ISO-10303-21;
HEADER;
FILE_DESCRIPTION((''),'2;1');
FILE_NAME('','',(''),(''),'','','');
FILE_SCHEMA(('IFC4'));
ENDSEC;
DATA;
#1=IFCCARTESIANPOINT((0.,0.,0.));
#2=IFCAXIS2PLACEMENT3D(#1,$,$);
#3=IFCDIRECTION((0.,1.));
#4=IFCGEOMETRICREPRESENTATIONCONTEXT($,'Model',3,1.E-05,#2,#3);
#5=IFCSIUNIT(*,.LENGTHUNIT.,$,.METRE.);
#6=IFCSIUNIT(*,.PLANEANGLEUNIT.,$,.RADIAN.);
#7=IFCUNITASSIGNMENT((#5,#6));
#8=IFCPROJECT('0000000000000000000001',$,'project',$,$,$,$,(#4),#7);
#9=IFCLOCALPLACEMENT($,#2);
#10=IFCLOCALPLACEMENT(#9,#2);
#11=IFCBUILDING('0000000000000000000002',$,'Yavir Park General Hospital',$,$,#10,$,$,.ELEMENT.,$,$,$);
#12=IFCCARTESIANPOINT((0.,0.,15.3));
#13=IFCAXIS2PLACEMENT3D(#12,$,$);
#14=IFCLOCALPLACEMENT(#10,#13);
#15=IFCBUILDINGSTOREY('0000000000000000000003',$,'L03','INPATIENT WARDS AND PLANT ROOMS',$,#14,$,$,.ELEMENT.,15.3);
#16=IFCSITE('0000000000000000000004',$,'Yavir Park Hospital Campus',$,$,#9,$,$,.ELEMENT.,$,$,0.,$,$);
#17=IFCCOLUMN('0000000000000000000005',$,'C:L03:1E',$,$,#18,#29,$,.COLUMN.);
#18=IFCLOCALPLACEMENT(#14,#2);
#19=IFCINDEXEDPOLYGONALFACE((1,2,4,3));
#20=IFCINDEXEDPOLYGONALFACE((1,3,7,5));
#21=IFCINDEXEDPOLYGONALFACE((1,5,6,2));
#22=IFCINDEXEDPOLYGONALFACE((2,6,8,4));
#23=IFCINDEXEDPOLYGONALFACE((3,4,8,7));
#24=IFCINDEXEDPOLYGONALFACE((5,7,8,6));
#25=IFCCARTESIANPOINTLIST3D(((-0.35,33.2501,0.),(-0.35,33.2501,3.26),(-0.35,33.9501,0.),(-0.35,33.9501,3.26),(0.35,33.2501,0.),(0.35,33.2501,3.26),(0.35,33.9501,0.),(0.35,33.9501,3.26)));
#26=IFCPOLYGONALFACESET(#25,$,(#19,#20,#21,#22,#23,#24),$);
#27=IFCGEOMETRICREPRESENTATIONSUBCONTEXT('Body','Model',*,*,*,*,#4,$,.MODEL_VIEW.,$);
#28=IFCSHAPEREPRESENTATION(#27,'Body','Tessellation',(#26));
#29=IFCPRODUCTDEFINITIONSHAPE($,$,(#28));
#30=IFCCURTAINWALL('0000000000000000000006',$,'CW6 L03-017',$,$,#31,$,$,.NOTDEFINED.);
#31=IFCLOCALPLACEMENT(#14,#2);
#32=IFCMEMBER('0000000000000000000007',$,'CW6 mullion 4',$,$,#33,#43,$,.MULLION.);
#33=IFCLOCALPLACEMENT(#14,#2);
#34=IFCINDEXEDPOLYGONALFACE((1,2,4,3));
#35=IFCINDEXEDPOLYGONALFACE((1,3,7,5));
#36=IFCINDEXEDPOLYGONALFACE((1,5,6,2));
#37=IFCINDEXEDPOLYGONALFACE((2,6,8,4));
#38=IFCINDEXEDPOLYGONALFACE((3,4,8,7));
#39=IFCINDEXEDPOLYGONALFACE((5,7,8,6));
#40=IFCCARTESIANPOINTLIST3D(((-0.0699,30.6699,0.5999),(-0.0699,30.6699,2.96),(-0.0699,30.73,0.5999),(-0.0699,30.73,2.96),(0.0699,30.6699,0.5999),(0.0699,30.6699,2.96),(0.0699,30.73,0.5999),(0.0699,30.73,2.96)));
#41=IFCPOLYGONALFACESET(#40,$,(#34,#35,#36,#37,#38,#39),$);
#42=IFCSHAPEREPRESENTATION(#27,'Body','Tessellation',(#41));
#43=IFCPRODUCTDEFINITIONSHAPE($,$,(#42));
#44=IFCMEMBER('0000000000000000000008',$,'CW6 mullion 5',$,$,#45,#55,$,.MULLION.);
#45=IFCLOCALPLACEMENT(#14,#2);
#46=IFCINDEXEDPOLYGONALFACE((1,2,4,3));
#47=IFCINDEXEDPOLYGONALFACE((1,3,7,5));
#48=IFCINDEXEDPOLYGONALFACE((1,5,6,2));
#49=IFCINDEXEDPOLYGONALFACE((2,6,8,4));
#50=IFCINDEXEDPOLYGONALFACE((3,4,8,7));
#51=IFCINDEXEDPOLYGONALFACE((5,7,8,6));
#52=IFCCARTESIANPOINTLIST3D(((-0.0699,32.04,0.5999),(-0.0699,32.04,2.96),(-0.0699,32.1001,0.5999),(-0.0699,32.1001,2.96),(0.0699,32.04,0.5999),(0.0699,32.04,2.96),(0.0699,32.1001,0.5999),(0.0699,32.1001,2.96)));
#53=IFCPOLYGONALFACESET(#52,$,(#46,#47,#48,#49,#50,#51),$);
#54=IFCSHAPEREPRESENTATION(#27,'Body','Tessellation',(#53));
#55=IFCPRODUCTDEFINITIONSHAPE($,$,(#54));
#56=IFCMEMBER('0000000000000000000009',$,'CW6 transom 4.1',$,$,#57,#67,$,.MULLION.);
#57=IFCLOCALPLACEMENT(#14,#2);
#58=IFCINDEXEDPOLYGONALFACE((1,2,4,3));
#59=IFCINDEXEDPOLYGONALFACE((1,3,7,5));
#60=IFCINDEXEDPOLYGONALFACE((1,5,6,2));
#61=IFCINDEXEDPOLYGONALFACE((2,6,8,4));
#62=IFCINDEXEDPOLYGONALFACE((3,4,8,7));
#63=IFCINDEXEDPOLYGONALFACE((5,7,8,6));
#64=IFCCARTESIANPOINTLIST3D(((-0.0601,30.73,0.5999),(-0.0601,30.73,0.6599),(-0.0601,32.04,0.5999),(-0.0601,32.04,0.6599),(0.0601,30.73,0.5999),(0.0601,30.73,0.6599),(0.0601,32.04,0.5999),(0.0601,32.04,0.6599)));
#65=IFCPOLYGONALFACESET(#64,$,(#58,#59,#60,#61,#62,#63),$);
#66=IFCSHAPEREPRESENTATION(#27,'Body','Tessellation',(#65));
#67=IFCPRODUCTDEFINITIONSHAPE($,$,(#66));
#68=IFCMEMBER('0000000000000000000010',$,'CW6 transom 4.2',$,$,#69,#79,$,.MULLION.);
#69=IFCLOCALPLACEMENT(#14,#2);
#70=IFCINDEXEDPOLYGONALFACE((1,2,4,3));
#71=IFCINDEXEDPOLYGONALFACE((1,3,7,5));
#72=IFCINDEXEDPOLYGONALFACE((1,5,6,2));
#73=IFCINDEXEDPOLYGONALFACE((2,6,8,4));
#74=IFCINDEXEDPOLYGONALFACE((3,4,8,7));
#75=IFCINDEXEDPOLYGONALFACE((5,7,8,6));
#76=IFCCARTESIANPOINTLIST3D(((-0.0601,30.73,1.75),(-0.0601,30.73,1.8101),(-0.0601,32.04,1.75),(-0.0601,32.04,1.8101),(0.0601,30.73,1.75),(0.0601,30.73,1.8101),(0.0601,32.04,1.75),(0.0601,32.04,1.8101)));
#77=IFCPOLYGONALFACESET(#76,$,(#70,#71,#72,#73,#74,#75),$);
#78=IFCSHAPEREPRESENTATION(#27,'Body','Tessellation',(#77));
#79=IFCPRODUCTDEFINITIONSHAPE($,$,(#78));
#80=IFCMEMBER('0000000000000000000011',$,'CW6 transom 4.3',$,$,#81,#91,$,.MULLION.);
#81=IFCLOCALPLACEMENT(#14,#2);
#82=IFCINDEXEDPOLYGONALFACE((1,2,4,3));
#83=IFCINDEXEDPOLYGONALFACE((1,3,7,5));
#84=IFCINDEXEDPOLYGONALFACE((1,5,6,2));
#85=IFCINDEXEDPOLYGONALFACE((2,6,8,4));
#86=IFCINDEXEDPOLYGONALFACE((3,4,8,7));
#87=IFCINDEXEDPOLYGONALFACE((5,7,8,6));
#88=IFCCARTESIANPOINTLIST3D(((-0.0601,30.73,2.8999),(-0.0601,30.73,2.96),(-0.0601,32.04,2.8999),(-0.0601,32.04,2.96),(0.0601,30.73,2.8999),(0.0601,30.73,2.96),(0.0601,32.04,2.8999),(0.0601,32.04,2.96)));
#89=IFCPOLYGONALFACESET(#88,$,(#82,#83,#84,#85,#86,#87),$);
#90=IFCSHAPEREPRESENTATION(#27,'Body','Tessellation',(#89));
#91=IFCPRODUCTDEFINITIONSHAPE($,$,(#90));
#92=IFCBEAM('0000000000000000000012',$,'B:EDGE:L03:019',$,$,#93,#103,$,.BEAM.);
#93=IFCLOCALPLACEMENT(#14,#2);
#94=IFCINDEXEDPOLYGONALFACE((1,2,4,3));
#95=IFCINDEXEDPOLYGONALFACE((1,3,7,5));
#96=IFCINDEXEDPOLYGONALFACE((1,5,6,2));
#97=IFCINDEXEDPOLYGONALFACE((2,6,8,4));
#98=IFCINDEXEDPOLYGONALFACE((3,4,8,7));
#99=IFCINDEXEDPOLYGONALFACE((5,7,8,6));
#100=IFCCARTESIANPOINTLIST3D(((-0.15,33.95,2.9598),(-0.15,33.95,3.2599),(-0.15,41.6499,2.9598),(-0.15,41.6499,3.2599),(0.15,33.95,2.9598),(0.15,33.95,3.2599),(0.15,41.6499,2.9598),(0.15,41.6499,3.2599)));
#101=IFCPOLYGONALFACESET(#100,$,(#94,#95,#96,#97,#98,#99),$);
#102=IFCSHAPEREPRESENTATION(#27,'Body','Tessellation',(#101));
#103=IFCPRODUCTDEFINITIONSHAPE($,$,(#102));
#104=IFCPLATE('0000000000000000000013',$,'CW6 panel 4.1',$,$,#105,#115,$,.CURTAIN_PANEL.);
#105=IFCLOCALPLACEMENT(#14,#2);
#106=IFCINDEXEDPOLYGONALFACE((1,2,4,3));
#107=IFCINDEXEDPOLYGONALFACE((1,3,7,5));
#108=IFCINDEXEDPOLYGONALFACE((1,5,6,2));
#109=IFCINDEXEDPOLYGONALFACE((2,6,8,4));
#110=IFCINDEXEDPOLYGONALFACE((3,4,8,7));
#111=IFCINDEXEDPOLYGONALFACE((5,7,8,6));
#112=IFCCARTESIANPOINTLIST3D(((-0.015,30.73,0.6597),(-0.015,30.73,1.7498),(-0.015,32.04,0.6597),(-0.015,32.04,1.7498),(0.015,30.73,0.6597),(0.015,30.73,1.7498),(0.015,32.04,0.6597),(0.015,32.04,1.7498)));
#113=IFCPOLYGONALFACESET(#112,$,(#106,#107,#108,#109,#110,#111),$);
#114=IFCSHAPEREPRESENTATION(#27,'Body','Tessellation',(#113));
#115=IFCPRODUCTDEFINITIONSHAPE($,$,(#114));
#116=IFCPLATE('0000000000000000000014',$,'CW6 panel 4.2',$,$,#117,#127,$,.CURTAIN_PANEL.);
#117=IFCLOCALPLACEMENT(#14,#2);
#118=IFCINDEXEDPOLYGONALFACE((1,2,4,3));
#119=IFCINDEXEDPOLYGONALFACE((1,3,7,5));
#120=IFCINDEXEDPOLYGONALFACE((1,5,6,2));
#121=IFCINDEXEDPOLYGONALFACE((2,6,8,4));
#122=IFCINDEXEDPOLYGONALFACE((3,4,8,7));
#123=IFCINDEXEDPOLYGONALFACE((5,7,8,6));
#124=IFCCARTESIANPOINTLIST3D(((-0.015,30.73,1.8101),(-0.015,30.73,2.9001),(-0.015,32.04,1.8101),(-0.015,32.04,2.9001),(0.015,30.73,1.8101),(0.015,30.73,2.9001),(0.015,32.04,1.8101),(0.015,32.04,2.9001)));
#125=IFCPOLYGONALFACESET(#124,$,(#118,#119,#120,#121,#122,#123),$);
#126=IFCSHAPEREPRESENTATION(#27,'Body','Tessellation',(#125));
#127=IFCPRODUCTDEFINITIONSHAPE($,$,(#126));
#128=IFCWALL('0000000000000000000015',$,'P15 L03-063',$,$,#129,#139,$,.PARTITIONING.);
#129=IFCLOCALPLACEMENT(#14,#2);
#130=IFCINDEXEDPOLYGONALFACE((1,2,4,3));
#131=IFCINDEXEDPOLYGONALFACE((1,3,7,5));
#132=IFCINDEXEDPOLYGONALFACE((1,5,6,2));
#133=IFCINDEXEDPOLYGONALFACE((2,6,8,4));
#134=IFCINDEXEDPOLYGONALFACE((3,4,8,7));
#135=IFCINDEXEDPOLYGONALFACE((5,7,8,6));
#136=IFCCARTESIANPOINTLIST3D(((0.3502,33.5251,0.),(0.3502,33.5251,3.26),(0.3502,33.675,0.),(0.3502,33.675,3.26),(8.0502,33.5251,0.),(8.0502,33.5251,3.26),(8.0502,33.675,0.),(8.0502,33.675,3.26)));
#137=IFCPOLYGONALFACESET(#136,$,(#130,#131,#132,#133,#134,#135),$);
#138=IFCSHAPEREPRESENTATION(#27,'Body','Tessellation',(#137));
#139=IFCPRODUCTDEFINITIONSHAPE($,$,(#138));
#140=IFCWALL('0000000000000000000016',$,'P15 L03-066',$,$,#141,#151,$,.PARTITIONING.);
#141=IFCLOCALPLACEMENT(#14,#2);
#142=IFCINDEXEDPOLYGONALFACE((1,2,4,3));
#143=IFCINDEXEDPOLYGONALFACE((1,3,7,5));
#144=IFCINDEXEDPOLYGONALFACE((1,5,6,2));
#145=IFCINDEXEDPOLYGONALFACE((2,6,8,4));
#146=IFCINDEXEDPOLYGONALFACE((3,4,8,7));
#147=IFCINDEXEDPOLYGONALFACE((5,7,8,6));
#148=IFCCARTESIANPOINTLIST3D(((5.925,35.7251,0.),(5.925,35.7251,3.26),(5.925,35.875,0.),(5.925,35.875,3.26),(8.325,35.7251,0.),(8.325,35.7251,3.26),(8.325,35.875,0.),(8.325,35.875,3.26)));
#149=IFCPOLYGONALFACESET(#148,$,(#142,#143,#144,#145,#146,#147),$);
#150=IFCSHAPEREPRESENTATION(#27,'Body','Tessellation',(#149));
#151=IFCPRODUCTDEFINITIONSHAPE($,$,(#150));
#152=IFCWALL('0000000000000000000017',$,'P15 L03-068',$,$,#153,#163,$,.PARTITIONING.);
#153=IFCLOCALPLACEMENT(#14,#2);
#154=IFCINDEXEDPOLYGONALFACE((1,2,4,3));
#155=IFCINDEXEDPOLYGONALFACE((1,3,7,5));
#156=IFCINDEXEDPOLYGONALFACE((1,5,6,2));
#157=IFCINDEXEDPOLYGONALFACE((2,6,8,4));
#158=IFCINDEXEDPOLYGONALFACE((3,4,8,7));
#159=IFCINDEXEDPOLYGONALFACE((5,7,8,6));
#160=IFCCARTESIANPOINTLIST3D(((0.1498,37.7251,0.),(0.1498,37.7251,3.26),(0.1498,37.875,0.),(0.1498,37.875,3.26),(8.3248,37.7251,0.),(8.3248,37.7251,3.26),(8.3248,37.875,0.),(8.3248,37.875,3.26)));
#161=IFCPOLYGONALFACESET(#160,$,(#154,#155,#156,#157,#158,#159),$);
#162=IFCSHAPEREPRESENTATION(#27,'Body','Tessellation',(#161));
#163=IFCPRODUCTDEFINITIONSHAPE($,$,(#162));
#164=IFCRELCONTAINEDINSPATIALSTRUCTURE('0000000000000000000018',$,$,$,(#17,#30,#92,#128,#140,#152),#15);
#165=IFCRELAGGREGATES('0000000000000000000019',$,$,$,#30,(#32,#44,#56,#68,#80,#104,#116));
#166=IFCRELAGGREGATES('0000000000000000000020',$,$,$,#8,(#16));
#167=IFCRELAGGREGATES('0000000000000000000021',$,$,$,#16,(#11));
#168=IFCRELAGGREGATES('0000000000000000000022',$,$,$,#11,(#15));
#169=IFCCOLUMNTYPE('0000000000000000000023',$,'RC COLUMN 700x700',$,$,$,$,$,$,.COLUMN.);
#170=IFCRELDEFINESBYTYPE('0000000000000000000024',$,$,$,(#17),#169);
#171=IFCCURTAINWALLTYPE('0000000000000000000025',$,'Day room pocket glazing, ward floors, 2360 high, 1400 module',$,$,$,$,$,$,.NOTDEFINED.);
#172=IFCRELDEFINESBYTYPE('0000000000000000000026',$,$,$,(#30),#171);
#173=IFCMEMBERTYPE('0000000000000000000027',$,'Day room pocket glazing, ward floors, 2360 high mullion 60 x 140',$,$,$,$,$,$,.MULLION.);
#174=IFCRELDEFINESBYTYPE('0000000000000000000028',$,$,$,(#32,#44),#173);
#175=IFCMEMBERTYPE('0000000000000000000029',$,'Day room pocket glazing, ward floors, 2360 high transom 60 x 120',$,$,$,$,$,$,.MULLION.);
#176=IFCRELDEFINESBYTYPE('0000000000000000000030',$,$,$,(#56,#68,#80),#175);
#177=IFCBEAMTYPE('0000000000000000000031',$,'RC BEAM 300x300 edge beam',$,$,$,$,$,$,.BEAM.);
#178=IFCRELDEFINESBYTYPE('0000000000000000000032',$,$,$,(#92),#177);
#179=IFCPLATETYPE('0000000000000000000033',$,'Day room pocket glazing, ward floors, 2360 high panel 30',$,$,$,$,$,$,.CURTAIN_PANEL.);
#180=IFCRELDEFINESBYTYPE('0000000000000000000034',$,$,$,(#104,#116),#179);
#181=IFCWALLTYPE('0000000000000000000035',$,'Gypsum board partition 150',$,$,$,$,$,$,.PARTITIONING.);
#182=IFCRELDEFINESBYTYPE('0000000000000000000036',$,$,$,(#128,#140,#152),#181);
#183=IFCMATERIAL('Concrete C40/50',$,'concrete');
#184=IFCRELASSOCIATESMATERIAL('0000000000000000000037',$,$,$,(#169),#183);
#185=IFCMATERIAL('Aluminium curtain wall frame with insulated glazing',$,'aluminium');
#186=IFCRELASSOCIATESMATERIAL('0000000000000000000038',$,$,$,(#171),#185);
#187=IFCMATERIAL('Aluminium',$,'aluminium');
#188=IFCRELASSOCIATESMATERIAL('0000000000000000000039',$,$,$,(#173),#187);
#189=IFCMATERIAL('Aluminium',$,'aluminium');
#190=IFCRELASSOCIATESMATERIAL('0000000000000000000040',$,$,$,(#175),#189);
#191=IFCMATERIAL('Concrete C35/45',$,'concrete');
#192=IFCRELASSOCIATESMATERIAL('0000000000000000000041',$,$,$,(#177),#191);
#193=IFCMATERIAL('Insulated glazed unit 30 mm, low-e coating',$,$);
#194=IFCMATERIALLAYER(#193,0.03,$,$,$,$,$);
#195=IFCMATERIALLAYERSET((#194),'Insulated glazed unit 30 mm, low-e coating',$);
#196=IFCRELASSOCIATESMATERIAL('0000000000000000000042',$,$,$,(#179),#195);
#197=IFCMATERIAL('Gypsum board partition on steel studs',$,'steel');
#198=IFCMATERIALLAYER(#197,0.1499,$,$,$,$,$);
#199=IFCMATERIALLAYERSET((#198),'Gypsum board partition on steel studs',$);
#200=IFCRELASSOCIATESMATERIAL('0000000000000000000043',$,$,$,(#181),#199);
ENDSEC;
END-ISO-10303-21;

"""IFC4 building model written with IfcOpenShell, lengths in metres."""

from ifc_helpers import new_model, si_unit, direction, frame, frame_2d, origin, origin_2d, place, context, subcontext, project, spatial, rectangle, extrude, material, layer, layer_set, material_profile, profile_set, type_object, element, aggregate, save


model = new_model("IFC4")

# Units and contexts
model_context = context("Model", 3, precision=1e-05, world=origin(), true_north=direction((0.0, 1.0)))
body_context = subcontext(model_context, "Body", "Model", "MODEL_VIEW")
ifc_project = project(units=[si_unit("LENGTHUNIT", "METRE"), si_unit("PLANEANGLEUNIT", "RADIAN")], contexts=[model_context])

# Site, building, storey
site_placement = place(None, origin())
site = spatial("IfcSite", under=ifc_project, at=site_placement, Name="Yavir Park Hospital Campus", CompositionType="ELEMENT", RefElevation=0.0)
building_placement = place(site_placement, origin())
building = spatial("IfcBuilding", under=site, at=building_placement, Name="Yavir Park General Hospital", CompositionType="ELEMENT")
storey_placement = place(building_placement, frame((0.0, 0.0, 15.3)))
storey = spatial("IfcBuildingStorey", under=building, at=storey_placement, Name="L03", Description="INPATIENT WARDS AND PLANT ROOMS", CompositionType="ELEMENT", Elevation=15.3)

# Column
ifc_material_1 = material(Name="Concrete C40/50", Category="concrete")
ifc_material_profile_1 = material_profile(ifc_material_1, rectangle(XDim=0.7, YDim=0.7, at=origin_2d()), Name="RC700x700")
ifc_profile_set_1 = profile_set([ifc_material_profile_1], Name="Concrete C40/50")
column_type = type_object("IfcColumnType", Name="RC COLUMN 700x700", PredefinedType="COLUMN", material=ifc_profile_set_1)
column_placement = place(storey_placement, frame((0.0, 33.6001, 0.0), z_axis=(0.0, 0.0, 1.0), x_axis=(1.0, 0.0, 0.0)))
element("IfcColumn", 1, at=column_placement, inside=storey, type_object=column_type, Name="C:L03:1E", PredefinedType="COLUMN", context=body_context, shape_type="SweptSolid", body=[
    extrude(rectangle(XDim=0.7, YDim=0.7, at=origin_2d()), origin(), (0.0, 0.0, 1.0), 3.26),
])

# Curtain wall, members
ifc_material_2 = material(Name="Aluminium curtain wall frame with insulated glazing", Category="aluminium")
curtain_wall_type = type_object("IfcCurtainWallType", Name="Day room pocket glazing, ward floors, 2360 high, 1400 module", PredefinedType="NOTDEFINED", material=ifc_material_2)
curtain_wall_placement = place(storey_placement, origin())
curtain_wall = element("IfcCurtainWall", 2, at=curtain_wall_placement, inside=storey, type_object=curtain_wall_type, Name="CW6 L03-017", PredefinedType="NOTDEFINED")
ifc_material_3 = material(Name="Aluminium", Category="aluminium")
ifc_material_profile_2 = material_profile(ifc_material_3, rectangle(XDim=0.1399, YDim=0.0601, at=origin_2d()), Name="AL 60x140")
ifc_profile_set_2 = profile_set([ifc_material_profile_2], Name="Aluminium")
member_type_1 = type_object("IfcMemberType", Name="Day room pocket glazing, ward floors, 2360 high mullion 60 x 140", PredefinedType="MULLION", material=ifc_profile_set_2)
member_1_placement = place(storey_placement, frame((0.0, 30.7, 0.5999), z_axis=(0.0, 0.0, 1.0), x_axis=(-1.0, 0.0, 0.0)))
member_1 = element("IfcMember", 3, at=member_1_placement, type_object=member_type_1, Name="CW6 mullion 4", PredefinedType="MULLION", context=body_context, shape_type="SweptSolid", body=[
    extrude(rectangle(XDim=0.1399, YDim=0.0601, at=origin_2d()), origin(), (0.0, 0.0, 1.0), 2.3601),
])
member_2_placement = place(storey_placement, frame((0.0, 32.0701, 0.5999), z_axis=(0.0, 0.0, 1.0), x_axis=(-1.0, 0.0, 0.0)))
member_2 = element("IfcMember", 4, at=member_2_placement, type_object=member_type_1, Name="CW6 mullion 5", PredefinedType="MULLION", context=body_context, shape_type="SweptSolid", body=[
    extrude(rectangle(XDim=0.1399, YDim=0.0601, at=origin_2d()), origin(), (0.0, 0.0, 1.0), 2.3601),
])
ifc_material_4 = material(Name="Aluminium", Category="aluminium")
ifc_material_profile_3 = material_profile(ifc_material_4, rectangle(XDim=0.1201, YDim=0.0601, at=origin_2d()), Name="AL 120x60")
ifc_profile_set_3 = profile_set([ifc_material_profile_3], Name="Aluminium")
member_type_2 = type_object("IfcMemberType", Name="Day room pocket glazing, ward floors, 2360 high transom 60 x 120", PredefinedType="MULLION", material=ifc_profile_set_3)
member_3_placement = place(storey_placement, frame((0.0, 30.73, 0.6299), z_axis=(0.0, 1.0, 0.0), x_axis=(-1.0, 0.0, 0.0)))
member_3 = element("IfcMember", 5, at=member_3_placement, type_object=member_type_2, Name="CW6 transom 4.1", PredefinedType="MULLION", context=body_context, shape_type="SweptSolid", body=[
    extrude(rectangle(XDim=0.1201, YDim=0.0601, at=origin_2d()), origin(), (0.0, 0.0, 1.0), 1.3101),
])
member_4_placement = place(storey_placement, frame((0.0, 30.73, 1.78), z_axis=(0.0, 1.0, 0.0), x_axis=(-1.0, 0.0, 0.0)))
member_4 = element("IfcMember", 6, at=member_4_placement, type_object=member_type_2, Name="CW6 transom 4.2", PredefinedType="MULLION", context=body_context, shape_type="SweptSolid", body=[
    extrude(rectangle(XDim=0.1201, YDim=0.0601, at=origin_2d()), origin(), (0.0, 0.0, 1.0), 1.3101),
])
member_5_placement = place(storey_placement, frame((0.0, 30.73, 2.9299), z_axis=(0.0, 1.0, 0.0), x_axis=(-1.0, 0.0, 0.0)))
member_5 = element("IfcMember", 7, at=member_5_placement, type_object=member_type_2, Name="CW6 transom 4.3", PredefinedType="MULLION", context=body_context, shape_type="SweptSolid", body=[
    extrude(rectangle(XDim=0.1201, YDim=0.0601, at=origin_2d()), origin(), (0.0, 0.0, 1.0), 1.3101),
])

# Beam
ifc_material_5 = material(Name="Concrete C35/45", Category="concrete")
ifc_material_profile_4 = material_profile(ifc_material_5, rectangle(XDim=0.3, YDim=0.3, at=origin_2d()), Name="RC300x300")
ifc_profile_set_4 = profile_set([ifc_material_profile_4], Name="Concrete C35/45")
beam_type = type_object("IfcBeamType", Name="RC BEAM 300x300 edge beam", PredefinedType="BEAM", material=ifc_profile_set_4)
beam_placement = place(storey_placement, frame((0.0, 33.95, 3.1099), z_axis=(0.0, 1.0, 0.0), x_axis=(-1.0, 0.0, 0.0)))
element("IfcBeam", 8, at=beam_placement, inside=storey, type_object=beam_type, Name="B:EDGE:L03:019", PredefinedType="BEAM", context=body_context, shape_type="SweptSolid", body=[
    extrude(rectangle(XDim=0.3, YDim=0.3, at=origin_2d()), origin(), (0.0, 0.0, 1.0), 7.7),
])

# Plates
ifc_material_6 = material(Name="Insulated glazed unit 30 mm, low-e coating")
ifc_layer_1 = layer(ifc_material_6, 0.03)
ifc_layer_set_1 = layer_set([ifc_layer_1], Name="Insulated glazed unit 30 mm, low-e coating")
plate_type = type_object("IfcPlateType", Name="Day room pocket glazing, ward floors, 2360 high panel 30", PredefinedType="CURTAIN_PANEL", material=ifc_layer_set_1)
plate_1_placement = place(storey_placement, frame((0.0, 31.385, 0.6597), z_axis=(0.0, 0.0, 1.0), x_axis=(0.0, 1.0, 0.0)))
plate_1 = element("IfcPlate", 9, at=plate_1_placement, type_object=plate_type, Name="CW6 panel 4.1", PredefinedType="CURTAIN_PANEL", context=body_context, shape_type="SweptSolid", body=[
    extrude(rectangle(XDim=1.3101, YDim=0.03, at=origin_2d()), origin(), (0.0, 0.0, 1.0), 1.0901),
])
plate_2_placement = place(storey_placement, frame((0.0, 31.385, 1.8101), z_axis=(0.0, 0.0, 1.0), x_axis=(0.0, 1.0, 0.0)))
plate_2 = element("IfcPlate", 10, at=plate_2_placement, type_object=plate_type, Name="CW6 panel 4.2", PredefinedType="CURTAIN_PANEL", context=body_context, shape_type="SweptSolid", body=[
    extrude(rectangle(XDim=1.3101, YDim=0.03, at=origin_2d()), origin(), (0.0, 0.0, 1.0), 1.0901),
])
aggregate(curtain_wall, [member_1, member_2, member_3, member_4, member_5, plate_1, plate_2])

# Walls
ifc_material_7 = material(Name="Gypsum board partition on steel studs", Category="steel")
ifc_layer_2 = layer(ifc_material_7, 0.1499)
ifc_layer_set_2 = layer_set([ifc_layer_2], Name="Gypsum board partition on steel studs")
wall_type_1 = type_object("IfcWallType", Name="Gypsum board partition 150", PredefinedType="PARTITIONING", material=ifc_layer_set_2)
wall_1_placement = place(storey_placement, frame((0.3501, 33.6001, 0.0), z_axis=(0.0, 0.0, 1.0), x_axis=(1.0, 0.0, 0.0)))
element("IfcWall", 11, at=wall_1_placement, inside=storey, type_object=wall_type_1, Name="P15 L03-063", PredefinedType="PARTITIONING", context=body_context, shape_type="SweptSolid", body=[
    extrude(rectangle(XDim=7.7, YDim=0.1499, at=frame_2d((3.8501, 0.0))), origin(), (0.0, 0.0, 1.0), 3.26),
])
wall_2_placement = place(storey_placement, frame((5.925, 35.8, 0.0), z_axis=(0.0, 0.0, 1.0), x_axis=(1.0, 0.0, 0.0)))
element("IfcWall", 12, at=wall_2_placement, inside=storey, type_object=wall_type_1, Name="P15 L03-066", PredefinedType="PARTITIONING", context=body_context, shape_type="SweptSolid", body=[
    extrude(rectangle(XDim=2.3999, YDim=0.1499, at=frame_2d((1.2, 0.0))), origin(), (0.0, 0.0, 1.0), 3.26),
])
wall_3_placement = place(storey_placement, frame((0.1499, 37.8, 0.0), z_axis=(0.0, 0.0, 1.0), x_axis=(1.0, 0.0, 0.0)))
element("IfcWall", 13, at=wall_3_placement, inside=storey, type_object=wall_type_1, Name="P15 L03-068", PredefinedType="PARTITIONING", context=body_context, shape_type="SweptSolid", body=[
    extrude(rectangle(XDim=8.175, YDim=0.1499, at=frame_2d((4.0874, 0.0))), origin(), (0.0, 0.0, 1.0), 3.26),
])

save(model, "model.ifc")
